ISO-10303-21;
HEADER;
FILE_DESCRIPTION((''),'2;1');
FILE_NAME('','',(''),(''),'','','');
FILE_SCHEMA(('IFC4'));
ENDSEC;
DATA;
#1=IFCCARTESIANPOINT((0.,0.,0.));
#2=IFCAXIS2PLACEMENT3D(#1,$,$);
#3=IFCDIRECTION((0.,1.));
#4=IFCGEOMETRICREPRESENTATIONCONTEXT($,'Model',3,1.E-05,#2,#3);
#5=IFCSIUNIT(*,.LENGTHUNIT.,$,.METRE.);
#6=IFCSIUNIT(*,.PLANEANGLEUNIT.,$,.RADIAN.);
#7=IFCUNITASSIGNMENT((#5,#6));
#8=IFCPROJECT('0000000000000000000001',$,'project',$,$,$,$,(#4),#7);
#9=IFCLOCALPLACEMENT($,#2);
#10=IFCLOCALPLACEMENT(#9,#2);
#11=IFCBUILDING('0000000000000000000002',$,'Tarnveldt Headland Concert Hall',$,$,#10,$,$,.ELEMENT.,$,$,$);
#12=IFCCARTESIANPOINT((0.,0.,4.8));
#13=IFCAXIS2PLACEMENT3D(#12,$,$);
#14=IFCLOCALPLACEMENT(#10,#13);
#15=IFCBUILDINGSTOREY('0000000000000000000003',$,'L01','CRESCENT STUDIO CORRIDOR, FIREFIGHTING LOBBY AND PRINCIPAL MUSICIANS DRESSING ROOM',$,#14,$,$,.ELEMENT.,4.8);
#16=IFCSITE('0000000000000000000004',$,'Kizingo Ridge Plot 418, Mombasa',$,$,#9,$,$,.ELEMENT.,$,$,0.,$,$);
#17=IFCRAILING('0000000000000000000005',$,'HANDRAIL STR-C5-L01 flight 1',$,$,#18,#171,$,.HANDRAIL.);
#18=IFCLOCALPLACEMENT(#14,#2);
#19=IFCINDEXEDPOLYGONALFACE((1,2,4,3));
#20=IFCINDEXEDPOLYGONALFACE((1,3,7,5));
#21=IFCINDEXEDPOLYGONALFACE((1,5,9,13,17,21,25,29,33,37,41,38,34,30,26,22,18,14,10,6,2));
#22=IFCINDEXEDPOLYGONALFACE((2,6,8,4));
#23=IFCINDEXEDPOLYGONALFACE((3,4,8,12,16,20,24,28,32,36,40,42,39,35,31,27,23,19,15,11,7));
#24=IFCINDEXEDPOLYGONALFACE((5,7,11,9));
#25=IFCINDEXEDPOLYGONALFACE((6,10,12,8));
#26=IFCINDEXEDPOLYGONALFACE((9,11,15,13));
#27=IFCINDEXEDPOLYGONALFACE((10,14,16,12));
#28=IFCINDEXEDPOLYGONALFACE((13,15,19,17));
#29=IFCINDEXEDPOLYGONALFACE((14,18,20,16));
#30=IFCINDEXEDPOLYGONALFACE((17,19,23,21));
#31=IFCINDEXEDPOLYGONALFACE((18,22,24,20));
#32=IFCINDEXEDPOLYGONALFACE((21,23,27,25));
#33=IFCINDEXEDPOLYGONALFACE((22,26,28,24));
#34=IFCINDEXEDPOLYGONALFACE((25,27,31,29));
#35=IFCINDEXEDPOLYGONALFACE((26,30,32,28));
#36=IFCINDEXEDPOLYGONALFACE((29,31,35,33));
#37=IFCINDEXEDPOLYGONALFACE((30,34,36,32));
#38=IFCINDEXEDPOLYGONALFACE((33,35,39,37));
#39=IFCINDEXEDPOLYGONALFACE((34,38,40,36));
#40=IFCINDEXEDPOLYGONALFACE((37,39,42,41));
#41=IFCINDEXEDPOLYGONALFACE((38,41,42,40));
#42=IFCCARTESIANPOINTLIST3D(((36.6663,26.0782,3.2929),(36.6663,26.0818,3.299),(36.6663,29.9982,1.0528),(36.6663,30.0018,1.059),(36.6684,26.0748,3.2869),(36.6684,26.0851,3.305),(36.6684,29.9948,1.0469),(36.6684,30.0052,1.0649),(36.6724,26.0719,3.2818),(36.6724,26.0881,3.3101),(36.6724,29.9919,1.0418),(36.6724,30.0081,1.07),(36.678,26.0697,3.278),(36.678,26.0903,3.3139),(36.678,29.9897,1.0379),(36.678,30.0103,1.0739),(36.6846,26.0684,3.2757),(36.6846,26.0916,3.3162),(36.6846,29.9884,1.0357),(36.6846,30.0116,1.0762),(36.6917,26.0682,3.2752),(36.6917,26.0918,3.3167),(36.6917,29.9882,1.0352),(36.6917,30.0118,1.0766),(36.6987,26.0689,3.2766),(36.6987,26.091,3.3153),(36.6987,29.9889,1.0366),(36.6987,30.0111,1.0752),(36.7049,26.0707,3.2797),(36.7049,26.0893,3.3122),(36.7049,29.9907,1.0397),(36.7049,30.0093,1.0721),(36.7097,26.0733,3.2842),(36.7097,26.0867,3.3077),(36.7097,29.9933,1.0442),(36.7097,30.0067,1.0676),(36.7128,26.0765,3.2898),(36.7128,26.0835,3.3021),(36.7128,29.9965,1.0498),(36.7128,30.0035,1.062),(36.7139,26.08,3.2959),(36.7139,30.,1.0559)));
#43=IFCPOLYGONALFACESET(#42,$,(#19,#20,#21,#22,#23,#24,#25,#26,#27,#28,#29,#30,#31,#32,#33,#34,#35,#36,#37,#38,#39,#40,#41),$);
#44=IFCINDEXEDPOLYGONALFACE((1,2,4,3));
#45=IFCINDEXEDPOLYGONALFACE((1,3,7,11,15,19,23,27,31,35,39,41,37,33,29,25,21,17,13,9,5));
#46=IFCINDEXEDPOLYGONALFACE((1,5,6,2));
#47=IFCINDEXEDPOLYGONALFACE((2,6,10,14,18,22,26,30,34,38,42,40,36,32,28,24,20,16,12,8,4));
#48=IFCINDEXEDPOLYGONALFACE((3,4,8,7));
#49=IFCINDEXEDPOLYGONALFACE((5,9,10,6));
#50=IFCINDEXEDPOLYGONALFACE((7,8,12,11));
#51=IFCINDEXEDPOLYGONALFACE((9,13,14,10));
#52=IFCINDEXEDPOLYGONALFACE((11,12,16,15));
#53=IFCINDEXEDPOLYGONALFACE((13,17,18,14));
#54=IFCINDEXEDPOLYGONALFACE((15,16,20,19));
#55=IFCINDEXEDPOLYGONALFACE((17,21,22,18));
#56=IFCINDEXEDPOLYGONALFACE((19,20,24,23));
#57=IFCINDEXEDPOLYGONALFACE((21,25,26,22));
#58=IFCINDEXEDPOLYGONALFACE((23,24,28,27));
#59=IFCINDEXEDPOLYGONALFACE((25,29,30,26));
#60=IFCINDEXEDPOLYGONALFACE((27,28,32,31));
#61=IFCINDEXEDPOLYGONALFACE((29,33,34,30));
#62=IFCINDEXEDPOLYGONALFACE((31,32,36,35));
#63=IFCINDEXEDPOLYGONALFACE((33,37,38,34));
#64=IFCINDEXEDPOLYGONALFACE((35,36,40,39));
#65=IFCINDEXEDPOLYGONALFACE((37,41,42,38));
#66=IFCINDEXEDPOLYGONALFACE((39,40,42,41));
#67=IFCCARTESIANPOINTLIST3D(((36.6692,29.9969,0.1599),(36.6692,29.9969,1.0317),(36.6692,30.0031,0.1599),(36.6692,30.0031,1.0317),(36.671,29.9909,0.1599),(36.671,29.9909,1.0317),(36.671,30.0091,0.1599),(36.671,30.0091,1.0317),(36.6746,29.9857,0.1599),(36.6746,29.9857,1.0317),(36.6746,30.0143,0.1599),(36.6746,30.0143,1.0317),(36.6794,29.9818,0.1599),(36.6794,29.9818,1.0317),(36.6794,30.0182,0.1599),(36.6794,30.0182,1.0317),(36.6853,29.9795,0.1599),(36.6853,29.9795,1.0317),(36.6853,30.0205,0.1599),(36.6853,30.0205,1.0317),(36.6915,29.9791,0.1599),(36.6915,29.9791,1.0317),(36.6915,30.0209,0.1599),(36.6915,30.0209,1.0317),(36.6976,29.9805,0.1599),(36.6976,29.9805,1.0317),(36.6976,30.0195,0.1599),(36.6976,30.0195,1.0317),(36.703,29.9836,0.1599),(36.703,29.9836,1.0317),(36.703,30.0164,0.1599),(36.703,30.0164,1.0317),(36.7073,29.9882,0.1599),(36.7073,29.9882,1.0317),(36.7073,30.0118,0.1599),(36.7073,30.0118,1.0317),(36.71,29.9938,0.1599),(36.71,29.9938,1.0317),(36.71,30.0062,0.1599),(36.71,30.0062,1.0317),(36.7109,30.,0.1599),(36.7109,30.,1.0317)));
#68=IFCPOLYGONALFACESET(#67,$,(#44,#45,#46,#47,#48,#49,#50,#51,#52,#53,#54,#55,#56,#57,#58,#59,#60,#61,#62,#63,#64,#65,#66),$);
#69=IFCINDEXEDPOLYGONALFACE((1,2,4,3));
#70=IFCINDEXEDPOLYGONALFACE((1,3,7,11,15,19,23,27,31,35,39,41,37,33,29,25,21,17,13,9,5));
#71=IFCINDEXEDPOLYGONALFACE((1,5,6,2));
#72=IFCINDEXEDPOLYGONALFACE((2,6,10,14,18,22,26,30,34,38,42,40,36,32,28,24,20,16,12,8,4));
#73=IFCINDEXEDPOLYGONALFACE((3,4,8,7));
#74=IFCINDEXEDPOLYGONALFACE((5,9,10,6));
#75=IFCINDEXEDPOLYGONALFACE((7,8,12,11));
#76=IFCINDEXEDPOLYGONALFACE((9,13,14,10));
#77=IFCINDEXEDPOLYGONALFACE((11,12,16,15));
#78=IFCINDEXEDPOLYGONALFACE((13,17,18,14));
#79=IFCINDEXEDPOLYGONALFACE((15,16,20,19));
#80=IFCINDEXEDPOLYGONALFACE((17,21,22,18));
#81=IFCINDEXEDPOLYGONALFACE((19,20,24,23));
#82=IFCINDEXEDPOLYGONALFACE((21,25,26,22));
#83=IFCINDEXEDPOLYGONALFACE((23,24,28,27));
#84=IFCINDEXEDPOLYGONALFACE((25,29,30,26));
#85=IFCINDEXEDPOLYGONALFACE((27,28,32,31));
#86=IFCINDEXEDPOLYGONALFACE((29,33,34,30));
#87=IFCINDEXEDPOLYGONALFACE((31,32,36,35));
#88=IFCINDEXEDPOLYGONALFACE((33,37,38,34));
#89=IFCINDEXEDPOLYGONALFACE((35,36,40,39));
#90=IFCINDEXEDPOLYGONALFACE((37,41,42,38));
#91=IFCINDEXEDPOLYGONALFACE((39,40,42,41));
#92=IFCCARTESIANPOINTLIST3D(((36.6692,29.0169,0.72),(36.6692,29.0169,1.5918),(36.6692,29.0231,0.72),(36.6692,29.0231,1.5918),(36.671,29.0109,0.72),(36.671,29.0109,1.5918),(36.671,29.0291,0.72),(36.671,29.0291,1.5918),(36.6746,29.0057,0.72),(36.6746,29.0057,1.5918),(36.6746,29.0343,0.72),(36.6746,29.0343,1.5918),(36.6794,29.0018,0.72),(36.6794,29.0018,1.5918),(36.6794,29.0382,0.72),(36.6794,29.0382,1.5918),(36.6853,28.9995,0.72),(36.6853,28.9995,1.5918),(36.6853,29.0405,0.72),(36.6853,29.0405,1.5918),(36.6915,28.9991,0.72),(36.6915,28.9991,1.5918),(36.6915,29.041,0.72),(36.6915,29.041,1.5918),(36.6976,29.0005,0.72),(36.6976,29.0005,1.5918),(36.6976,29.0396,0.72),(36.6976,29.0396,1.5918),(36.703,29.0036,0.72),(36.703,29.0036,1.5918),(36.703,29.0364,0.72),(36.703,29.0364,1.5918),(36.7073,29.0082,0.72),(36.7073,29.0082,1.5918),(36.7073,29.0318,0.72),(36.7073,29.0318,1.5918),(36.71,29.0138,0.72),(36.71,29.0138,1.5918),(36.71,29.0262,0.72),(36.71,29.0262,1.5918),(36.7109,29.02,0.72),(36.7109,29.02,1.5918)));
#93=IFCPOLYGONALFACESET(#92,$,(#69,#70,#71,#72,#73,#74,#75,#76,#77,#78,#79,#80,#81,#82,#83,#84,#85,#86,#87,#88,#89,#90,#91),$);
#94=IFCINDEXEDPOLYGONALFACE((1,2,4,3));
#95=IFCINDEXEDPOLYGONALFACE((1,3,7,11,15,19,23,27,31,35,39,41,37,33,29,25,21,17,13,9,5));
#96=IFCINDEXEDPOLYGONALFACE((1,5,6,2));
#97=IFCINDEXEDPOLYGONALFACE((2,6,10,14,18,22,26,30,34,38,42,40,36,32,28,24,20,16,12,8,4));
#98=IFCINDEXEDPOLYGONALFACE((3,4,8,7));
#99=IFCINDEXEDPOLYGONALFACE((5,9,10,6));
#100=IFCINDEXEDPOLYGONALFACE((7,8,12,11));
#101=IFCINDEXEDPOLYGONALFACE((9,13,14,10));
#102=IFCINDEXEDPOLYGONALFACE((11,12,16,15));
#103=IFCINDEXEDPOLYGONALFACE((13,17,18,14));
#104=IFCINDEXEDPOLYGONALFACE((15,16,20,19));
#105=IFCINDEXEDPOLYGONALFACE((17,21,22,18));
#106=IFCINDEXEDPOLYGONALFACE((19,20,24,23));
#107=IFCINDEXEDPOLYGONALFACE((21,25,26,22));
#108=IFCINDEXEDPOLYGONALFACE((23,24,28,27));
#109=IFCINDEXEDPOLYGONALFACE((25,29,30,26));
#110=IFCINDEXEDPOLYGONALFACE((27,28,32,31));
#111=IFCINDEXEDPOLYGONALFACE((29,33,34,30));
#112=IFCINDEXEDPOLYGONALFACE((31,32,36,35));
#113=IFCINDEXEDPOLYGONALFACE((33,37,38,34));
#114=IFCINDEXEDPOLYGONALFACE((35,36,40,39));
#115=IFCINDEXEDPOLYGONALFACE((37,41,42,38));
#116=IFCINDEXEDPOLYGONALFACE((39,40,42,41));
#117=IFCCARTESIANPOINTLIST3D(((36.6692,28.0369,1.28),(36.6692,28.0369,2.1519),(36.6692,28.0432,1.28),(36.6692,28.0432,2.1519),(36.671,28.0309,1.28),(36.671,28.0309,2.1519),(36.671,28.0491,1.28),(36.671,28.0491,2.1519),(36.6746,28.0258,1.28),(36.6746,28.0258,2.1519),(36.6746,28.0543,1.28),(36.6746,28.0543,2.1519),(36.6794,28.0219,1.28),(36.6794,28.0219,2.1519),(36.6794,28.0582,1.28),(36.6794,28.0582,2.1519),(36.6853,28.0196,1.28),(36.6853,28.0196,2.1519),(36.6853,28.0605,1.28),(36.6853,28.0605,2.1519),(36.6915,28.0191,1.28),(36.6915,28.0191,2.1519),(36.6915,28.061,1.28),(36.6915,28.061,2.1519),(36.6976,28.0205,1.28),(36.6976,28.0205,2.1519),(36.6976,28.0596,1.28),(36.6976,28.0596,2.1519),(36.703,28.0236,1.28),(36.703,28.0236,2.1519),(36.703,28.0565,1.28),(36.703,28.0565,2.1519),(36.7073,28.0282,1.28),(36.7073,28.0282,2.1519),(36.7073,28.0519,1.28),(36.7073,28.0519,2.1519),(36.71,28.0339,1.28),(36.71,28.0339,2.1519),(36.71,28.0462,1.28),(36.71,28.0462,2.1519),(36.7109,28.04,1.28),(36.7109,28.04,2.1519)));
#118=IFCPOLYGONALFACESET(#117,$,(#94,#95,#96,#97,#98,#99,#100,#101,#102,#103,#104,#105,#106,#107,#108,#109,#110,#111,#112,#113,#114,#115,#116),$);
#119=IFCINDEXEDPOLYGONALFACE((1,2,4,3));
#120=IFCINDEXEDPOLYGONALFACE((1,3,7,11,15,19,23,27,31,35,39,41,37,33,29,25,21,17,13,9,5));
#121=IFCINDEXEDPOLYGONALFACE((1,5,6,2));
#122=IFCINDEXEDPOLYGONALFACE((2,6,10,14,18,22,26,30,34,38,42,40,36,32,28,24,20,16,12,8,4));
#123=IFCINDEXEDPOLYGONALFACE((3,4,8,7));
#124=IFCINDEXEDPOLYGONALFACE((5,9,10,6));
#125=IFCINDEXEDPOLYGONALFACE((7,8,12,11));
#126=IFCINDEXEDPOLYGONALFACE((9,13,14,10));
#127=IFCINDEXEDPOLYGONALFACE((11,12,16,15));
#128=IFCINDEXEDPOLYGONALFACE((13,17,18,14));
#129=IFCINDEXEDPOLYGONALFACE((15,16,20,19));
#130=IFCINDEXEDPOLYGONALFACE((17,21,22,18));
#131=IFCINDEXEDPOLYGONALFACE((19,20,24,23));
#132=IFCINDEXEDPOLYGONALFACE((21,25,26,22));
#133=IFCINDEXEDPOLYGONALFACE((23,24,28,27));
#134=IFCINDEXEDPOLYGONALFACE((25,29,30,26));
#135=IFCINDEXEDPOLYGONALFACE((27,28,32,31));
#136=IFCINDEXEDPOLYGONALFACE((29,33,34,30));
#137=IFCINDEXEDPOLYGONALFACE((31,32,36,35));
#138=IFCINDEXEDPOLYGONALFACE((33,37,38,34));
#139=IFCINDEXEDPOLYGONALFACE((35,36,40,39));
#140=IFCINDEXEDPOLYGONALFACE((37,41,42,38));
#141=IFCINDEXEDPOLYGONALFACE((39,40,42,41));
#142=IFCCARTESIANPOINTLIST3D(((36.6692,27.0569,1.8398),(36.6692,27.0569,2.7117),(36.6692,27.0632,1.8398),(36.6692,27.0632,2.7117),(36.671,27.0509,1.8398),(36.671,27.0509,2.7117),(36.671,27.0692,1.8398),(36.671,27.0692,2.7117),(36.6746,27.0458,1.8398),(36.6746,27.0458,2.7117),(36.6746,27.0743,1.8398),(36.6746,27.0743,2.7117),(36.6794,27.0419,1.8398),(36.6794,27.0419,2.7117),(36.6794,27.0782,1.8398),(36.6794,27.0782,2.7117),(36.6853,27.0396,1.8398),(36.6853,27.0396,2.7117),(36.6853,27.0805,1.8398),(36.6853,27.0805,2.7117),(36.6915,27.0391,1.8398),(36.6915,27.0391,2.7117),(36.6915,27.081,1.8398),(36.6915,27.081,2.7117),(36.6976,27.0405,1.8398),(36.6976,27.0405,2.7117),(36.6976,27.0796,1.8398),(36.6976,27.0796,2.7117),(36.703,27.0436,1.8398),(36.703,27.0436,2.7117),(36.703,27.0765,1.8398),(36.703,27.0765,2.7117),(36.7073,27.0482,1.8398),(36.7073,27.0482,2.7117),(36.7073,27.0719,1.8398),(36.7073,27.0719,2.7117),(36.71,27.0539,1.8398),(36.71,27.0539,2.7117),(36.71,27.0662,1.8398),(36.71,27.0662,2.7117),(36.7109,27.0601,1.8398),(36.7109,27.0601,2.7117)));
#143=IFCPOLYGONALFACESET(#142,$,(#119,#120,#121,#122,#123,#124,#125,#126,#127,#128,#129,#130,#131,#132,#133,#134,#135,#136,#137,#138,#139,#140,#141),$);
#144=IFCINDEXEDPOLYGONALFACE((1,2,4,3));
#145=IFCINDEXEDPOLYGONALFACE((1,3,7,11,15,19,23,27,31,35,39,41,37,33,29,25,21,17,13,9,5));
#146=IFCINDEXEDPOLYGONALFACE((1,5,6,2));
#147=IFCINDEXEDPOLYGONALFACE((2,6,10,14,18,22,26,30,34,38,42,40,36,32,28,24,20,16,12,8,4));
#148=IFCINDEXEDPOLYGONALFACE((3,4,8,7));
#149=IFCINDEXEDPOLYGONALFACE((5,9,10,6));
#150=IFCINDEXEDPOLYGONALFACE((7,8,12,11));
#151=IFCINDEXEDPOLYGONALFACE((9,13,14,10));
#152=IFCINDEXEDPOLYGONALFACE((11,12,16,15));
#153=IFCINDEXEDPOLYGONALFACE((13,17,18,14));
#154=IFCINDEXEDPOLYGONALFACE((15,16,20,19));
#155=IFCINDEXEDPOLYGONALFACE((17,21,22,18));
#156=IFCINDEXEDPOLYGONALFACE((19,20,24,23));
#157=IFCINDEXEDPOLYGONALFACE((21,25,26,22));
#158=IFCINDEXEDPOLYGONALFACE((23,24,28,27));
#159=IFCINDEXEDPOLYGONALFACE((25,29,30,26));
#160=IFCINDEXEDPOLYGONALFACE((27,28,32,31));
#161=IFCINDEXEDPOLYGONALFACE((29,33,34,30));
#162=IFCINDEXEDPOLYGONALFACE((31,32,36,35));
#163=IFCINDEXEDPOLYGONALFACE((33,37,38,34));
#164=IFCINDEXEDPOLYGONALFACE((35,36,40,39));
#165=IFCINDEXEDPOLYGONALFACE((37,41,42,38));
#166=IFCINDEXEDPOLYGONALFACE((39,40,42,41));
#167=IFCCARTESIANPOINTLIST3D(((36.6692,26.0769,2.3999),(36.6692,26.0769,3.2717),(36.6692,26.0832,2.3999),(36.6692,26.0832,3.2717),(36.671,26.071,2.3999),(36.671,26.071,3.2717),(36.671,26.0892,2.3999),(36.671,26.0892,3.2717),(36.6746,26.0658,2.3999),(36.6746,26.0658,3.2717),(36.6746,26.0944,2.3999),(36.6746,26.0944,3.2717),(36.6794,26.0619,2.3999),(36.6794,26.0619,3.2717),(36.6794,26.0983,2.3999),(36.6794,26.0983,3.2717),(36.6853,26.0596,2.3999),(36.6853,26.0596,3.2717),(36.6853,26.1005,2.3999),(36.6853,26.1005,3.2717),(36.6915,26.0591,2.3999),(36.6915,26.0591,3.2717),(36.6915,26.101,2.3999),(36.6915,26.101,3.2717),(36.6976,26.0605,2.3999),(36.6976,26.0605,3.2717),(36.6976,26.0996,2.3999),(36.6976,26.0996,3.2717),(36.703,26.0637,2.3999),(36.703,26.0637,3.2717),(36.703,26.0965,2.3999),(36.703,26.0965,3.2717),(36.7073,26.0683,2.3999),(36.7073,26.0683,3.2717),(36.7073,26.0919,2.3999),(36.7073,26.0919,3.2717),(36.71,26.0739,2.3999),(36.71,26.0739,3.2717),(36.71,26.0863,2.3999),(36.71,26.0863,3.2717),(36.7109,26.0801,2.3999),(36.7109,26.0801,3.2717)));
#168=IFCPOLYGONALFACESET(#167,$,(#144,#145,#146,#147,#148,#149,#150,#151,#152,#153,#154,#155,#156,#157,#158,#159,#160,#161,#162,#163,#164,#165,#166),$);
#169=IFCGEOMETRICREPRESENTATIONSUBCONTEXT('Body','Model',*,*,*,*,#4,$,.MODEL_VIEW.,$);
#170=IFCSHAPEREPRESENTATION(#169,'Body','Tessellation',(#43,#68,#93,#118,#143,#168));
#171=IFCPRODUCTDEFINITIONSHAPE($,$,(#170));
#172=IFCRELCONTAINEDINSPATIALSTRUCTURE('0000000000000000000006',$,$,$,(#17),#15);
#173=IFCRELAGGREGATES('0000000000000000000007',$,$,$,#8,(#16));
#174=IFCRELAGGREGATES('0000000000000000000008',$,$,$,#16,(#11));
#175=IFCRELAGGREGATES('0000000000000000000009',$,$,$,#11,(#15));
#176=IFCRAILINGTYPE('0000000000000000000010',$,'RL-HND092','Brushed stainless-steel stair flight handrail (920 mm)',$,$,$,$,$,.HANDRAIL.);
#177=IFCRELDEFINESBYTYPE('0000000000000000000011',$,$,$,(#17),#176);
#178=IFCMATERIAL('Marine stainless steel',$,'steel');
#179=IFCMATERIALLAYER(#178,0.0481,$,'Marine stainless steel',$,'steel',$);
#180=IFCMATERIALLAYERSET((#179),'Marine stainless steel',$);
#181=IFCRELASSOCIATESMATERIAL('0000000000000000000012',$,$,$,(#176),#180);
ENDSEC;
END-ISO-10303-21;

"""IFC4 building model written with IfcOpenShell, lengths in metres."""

from ifc_helpers import new_model, si_unit, direction, frame, origin, origin_2d, place, context, subcontext, project, spatial, circle, extrude, material, layer, layer_set, type_object, element, save


model = new_model("IFC4")

# Units and contexts
model_context = context("Model", 3, precision=1e-05, world=origin(), true_north=direction((0.0, 1.0)))
body_context = subcontext(model_context, "Body", "Model", "MODEL_VIEW")
ifc_project = project(units=[si_unit("LENGTHUNIT", "METRE"), si_unit("PLANEANGLEUNIT", "RADIAN")], contexts=[model_context])

# Site, building, storey
site_placement = place(None, origin())
site = spatial("IfcSite", under=ifc_project, at=site_placement, Name="Kizingo Ridge Plot 418, Mombasa", CompositionType="ELEMENT", RefElevation=0.0)
building_placement = place(site_placement, origin())
building = spatial("IfcBuilding", under=site, at=building_placement, Name="Tarnveldt Headland Concert Hall", CompositionType="ELEMENT")
storey_placement = place(building_placement, frame((0.0, 0.0, 4.8)))
storey = spatial("IfcBuildingStorey", under=building, at=storey_placement, Name="L01", Description="CRESCENT STUDIO CORRIDOR, FIREFIGHTING LOBBY AND PRINCIPAL MUSICIANS DRESSING ROOM", CompositionType="ELEMENT", Elevation=4.8)

# Railing
ifc_material_1 = material(Name="Marine stainless steel", Category="steel")
ifc_layer_1 = layer(ifc_material_1, 0.0481, Name="Marine stainless steel", Category="steel")
ifc_layer_set_1 = layer_set([ifc_layer_1], Name="Marine stainless steel")
railing_type = type_object("IfcRailingType", Name="RL-HND092", Description="Brushed stainless-steel stair flight handrail (920 mm)", PredefinedType="HANDRAIL", material=ifc_layer_set_1)
railing_placement = place(storey_placement, frame((36.6899, 30.0, 0.1599)))
element("IfcRailing", 1, at=railing_placement, inside=storey, type_object=railing_type, Name="HANDRAIL STR-C5-L01 flight 1", PredefinedType="HANDRAIL", context=body_context, shape_type="SweptSolid", body=[
    extrude(circle(Radius=0.0239, at=origin_2d()), frame((0.0, 0.0, 0.896), z_axis=(0.0, -0.86824, 0.496145), x_axis=(1.0, 0.0, 0.0)), (0.0, 0.0, 1.0), 4.5149),
    extrude(circle(Radius=0.021, at=origin_2d()), origin(), (0.0, 0.0, 1.0), 0.8718),
    extrude(circle(Radius=0.021, at=origin_2d()), frame((0.0, -0.98, 0.5601)), (0.0, 0.0, 1.0), 0.8718),
    extrude(circle(Radius=0.021, at=origin_2d()), frame((0.0, -1.96, 1.1201)), (0.0, 0.0, 1.0), 0.8718),
    extrude(circle(Radius=0.021, at=origin_2d()), frame((0.0, -2.9399, 1.6799)), (0.0, 0.0, 1.0), 0.8718),
    extrude(circle(Radius=0.021, at=origin_2d()), frame((0.0, -3.9199, 2.24)), (0.0, 0.0, 1.0), 0.8718),
])

save(model, "model.ifc")
